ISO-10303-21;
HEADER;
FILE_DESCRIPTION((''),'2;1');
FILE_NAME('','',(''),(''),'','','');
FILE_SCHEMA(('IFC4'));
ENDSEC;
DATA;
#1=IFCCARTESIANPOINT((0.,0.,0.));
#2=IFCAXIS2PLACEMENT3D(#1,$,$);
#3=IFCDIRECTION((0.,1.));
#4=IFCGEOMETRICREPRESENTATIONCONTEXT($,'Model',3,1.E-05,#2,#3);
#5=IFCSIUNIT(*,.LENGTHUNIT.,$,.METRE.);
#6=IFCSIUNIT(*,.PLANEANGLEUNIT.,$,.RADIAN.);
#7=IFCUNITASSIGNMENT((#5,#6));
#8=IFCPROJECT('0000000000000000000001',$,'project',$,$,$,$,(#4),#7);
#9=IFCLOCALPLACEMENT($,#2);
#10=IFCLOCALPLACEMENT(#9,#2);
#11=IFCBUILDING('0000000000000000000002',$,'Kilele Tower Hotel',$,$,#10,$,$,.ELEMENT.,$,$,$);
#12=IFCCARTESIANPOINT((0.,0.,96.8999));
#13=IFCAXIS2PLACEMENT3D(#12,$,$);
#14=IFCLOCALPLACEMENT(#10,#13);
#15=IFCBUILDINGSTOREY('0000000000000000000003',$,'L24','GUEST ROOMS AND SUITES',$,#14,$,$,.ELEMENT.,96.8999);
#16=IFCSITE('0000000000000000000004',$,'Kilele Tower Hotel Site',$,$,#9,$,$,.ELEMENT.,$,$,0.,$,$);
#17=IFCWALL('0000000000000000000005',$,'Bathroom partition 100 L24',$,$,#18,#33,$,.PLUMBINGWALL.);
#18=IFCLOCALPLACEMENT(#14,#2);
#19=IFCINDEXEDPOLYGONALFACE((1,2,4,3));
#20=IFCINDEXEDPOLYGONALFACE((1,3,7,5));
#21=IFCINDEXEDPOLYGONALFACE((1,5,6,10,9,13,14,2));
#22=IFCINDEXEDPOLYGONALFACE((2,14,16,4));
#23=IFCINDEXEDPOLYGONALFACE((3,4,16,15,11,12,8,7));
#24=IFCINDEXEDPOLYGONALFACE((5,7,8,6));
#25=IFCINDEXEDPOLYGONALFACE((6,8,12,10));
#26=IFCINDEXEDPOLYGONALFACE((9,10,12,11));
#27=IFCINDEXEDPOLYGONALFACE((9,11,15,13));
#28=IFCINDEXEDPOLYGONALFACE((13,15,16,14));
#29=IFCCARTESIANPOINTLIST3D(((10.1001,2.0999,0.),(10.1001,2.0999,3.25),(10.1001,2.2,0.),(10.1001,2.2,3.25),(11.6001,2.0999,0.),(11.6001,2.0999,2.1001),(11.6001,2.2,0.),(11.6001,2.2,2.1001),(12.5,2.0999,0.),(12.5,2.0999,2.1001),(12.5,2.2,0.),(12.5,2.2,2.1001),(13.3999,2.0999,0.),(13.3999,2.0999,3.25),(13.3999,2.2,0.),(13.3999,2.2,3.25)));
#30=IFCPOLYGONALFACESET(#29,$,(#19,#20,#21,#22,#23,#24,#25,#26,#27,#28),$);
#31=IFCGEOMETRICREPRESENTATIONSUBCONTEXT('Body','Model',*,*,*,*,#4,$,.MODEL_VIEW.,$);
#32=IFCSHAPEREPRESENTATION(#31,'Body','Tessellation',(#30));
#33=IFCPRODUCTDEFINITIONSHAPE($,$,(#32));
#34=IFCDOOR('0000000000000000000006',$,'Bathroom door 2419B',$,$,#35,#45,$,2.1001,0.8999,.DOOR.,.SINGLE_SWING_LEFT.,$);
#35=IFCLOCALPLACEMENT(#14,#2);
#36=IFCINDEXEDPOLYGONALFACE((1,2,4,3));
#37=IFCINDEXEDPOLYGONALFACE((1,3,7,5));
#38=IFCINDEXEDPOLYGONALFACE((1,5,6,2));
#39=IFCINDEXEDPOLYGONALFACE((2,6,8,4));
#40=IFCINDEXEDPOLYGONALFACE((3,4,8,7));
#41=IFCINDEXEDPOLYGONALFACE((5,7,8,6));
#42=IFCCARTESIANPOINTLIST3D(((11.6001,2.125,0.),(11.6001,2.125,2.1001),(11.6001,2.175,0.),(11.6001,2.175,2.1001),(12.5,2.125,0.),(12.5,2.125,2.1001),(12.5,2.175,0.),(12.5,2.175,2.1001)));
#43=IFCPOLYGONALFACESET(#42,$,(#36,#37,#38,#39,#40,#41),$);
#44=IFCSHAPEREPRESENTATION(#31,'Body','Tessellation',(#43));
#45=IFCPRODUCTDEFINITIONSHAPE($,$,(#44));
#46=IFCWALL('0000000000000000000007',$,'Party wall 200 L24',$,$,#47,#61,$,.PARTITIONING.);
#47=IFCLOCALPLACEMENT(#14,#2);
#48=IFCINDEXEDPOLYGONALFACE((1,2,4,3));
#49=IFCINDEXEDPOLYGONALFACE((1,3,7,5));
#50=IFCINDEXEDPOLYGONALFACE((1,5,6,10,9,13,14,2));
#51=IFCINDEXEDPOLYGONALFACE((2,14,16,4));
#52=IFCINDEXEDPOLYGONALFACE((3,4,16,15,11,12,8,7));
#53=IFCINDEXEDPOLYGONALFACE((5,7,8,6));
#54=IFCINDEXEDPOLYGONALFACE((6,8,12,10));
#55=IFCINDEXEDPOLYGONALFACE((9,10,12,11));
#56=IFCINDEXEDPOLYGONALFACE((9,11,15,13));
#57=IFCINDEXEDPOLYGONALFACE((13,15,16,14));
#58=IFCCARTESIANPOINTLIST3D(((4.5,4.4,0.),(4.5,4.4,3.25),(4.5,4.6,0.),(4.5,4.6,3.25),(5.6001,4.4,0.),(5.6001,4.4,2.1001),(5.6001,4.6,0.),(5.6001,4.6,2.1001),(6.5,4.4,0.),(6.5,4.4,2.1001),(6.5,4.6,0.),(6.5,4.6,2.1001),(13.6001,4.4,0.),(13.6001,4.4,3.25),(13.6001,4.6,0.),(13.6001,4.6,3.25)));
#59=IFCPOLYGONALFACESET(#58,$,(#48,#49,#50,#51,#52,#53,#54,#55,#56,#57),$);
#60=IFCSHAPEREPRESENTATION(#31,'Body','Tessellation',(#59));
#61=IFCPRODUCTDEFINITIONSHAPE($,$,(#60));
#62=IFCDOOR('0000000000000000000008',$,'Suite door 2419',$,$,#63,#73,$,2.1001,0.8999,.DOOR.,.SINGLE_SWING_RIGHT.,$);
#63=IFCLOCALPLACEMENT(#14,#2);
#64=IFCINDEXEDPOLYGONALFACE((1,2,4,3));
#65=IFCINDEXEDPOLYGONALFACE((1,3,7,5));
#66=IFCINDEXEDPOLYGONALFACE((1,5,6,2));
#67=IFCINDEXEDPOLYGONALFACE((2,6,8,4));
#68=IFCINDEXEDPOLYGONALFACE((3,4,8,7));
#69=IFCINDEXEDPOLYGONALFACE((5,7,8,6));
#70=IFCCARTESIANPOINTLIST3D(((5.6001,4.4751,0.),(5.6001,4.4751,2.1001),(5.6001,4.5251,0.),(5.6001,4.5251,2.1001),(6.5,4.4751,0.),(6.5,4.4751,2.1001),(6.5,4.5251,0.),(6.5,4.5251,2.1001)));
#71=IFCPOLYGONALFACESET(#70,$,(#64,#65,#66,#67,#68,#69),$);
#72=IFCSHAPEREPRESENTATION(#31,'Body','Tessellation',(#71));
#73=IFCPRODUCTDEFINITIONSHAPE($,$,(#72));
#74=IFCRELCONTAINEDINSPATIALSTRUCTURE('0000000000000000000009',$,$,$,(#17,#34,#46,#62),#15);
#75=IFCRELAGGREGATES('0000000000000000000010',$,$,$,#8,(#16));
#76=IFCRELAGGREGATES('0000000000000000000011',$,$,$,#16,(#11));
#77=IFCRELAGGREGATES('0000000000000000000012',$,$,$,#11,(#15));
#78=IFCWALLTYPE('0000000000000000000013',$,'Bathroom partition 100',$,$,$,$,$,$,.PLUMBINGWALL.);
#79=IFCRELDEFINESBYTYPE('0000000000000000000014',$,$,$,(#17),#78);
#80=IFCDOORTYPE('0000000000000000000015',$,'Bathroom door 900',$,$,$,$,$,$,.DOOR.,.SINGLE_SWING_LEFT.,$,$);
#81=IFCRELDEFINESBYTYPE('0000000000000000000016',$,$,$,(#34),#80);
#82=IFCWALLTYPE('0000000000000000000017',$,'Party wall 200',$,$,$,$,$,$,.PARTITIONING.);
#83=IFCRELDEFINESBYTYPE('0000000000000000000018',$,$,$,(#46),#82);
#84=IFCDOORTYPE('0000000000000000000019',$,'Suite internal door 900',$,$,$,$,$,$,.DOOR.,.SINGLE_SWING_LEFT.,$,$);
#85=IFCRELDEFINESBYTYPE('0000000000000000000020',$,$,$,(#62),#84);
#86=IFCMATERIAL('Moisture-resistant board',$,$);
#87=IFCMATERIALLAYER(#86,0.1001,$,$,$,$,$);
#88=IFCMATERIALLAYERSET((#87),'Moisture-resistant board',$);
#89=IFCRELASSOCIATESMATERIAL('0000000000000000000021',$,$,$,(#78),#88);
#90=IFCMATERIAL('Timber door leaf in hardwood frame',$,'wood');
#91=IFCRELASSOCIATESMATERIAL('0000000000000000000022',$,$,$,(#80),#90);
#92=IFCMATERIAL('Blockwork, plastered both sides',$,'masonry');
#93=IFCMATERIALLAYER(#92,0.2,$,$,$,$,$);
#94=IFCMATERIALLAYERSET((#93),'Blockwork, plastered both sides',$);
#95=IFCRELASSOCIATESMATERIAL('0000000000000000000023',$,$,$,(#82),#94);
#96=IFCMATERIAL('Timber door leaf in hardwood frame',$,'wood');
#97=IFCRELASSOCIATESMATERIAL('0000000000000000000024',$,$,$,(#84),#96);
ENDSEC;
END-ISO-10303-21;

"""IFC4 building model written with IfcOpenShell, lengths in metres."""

from ifc_helpers import new_model, si_unit, direction, frame, frame_2d, origin, place, context, subcontext, project, spatial, rectangle, extrude, material, layer, layer_set, type_object, element, fill, save


model = new_model("IFC4")

# Units and contexts
model_context = context("Model", 3, precision=1e-05, world=origin(), true_north=direction((0.0, 1.0)))
body_context = subcontext(model_context, "Body", "Model", "MODEL_VIEW")
ifc_project = project(units=[si_unit("LENGTHUNIT", "METRE"), si_unit("PLANEANGLEUNIT", "RADIAN")], contexts=[model_context])

# Site, building, storey
site_placement = place(None, origin())
site = spatial("IfcSite", under=ifc_project, at=site_placement, Name="Kilele Tower Hotel Site", CompositionType="ELEMENT", RefElevation=0.0)
building_placement = place(site_placement, origin())
building = spatial("IfcBuilding", under=site, at=building_placement, Name="Kilele Tower Hotel", CompositionType="ELEMENT")
storey_placement = place(building_placement, frame((0.0, 0.0, 96.8999)))
storey = spatial("IfcBuildingStorey", under=building, at=storey_placement, Name="L24", Description="GUEST ROOMS AND SUITES", CompositionType="ELEMENT", Elevation=96.8999)

# Shared definitions
ifc_material_1 = material(Name="Moisture-resistant board")
ifc_layer_1 = layer(ifc_material_1, 0.1001)
ifc_layer_set_1 = layer_set([ifc_layer_1], Name="Moisture-resistant board")
wall_type_1 = type_object("IfcWallType", Name="Bathroom partition 100", PredefinedType="PLUMBINGWALL", material=ifc_layer_set_1)

# Walls, openings, doors
ifc_material_2 = material(Name="Timber door leaf in hardwood frame", Category="wood")
door_type_1 = type_object("IfcDoorType", Name="Bathroom door 900", OperationType="SINGLE_SWING_LEFT", PredefinedType="DOOR", material=ifc_material_2)
wall_1_placement = place(storey_placement, frame((13.3999, 2.1499, 0.0), z_axis=(0.0, 0.0, 1.0), x_axis=(-1.0, 0.0, 0.0)))
wall_1 = element("IfcWall", 1, at=wall_1_placement, inside=storey, type_object=wall_type_1, Name="Bathroom partition 100 L24", PredefinedType="PLUMBINGWALL", context=body_context, shape_type="SweptSolid", body=[
    extrude(rectangle(XDim=3.2998, YDim=0.1001, at=frame_2d((1.6499, 0.0))), origin(), (0.0, 0.0, 1.0), 3.25),
])
opening_1_placement = place(wall_1_placement, frame((0.8999, 0.0, 0.0)))
opening_1 = element("IfcOpeningElement", 2, at=opening_1_placement, cuts=wall_1, PredefinedType="OPENING", context=body_context, shape_type="SweptSolid", body=[
    extrude(rectangle(XDim=0.8999, YDim=2.1001, at=frame_2d((0.45, 1.05))), frame((0.0, 0.0601, 0.0), z_axis=(0.0, -1.0, 0.0), x_axis=(1.0, 0.0, 0.0)), (0.0, 0.0, 1.0), 0.1201),
])
door_1_placement = place(opening_1_placement, origin())
door_1 = element("IfcDoor", 3, at=door_1_placement, inside=storey, type_object=door_type_1, Name="Bathroom door 2419B", OperationType="SINGLE_SWING_LEFT", OverallHeight=2.1001, OverallWidth=0.8999, PredefinedType="DOOR", context=body_context, shape_type="SweptSolid", body=[
    extrude(rectangle(XDim=0.8999, YDim=2.1001, at=frame_2d((0.45, 1.05))), frame((0.0, 0.0249, 0.0), z_axis=(0.0, -1.0, 0.0), x_axis=(1.0, 0.0, 0.0)), (0.0, 0.0, 1.0), 0.05),
])
fill(opening_1, door_1)
ifc_material_3 = material(Name="Blockwork, plastered both sides", Category="masonry")
ifc_layer_2 = layer(ifc_material_3, 0.2)
ifc_layer_set_2 = layer_set([ifc_layer_2], Name="Blockwork, plastered both sides")
wall_type_2 = type_object("IfcWallType", Name="Party wall 200", PredefinedType="PARTITIONING", material=ifc_layer_set_2)
wall_2_placement = place(storey_placement, frame((13.6001, 4.5, 0.0), z_axis=(0.0, 0.0, 1.0), x_axis=(-1.0, 0.0, 0.0)))
wall_2 = element("IfcWall", 4, at=wall_2_placement, inside=storey, type_object=wall_type_2, Name="Party wall 200 L24", PredefinedType="PARTITIONING", context=body_context, shape_type="SweptSolid", body=[
    extrude(rectangle(XDim=9.1001, YDim=0.2, at=frame_2d((4.55, 0.0))), origin(), (0.0, 0.0, 1.0), 3.25),
])
opening_2_placement = place(wall_2_placement, frame((7.1001, 0.0, 0.0)))
opening_2 = element("IfcOpeningElement", 5, at=opening_2_placement, cuts=wall_2, PredefinedType="OPENING", context=body_context, shape_type="SweptSolid", body=[
    extrude(rectangle(XDim=0.8999, YDim=2.1001, at=frame_2d((0.45, 1.05))), frame((0.0, 0.1099, 0.0), z_axis=(0.0, -1.0, 0.0), x_axis=(1.0, 0.0, 0.0)), (0.0, 0.0, 1.0), 0.22),
])
ifc_material_4 = material(Name="Timber door leaf in hardwood frame", Category="wood")
door_type_2 = type_object("IfcDoorType", Name="Suite internal door 900", OperationType="SINGLE_SWING_LEFT", PredefinedType="DOOR", material=ifc_material_4)
door_2_placement = place(opening_2_placement, origin())
door_2 = element("IfcDoor", 6, at=door_2_placement, inside=storey, type_object=door_type_2, Name="Suite door 2419", OperationType="SINGLE_SWING_RIGHT", OverallHeight=2.1001, OverallWidth=0.8999, PredefinedType="DOOR", context=body_context, shape_type="SweptSolid", body=[
    extrude(rectangle(XDim=0.8999, YDim=2.1001, at=frame_2d((0.45, 1.05))), frame((0.0, 0.0249, 0.0), z_axis=(0.0, -1.0, 0.0), x_axis=(1.0, 0.0, 0.0)), (0.0, 0.0, 1.0), 0.05),
])
fill(opening_2, door_2)

save(model, "model.ifc")
